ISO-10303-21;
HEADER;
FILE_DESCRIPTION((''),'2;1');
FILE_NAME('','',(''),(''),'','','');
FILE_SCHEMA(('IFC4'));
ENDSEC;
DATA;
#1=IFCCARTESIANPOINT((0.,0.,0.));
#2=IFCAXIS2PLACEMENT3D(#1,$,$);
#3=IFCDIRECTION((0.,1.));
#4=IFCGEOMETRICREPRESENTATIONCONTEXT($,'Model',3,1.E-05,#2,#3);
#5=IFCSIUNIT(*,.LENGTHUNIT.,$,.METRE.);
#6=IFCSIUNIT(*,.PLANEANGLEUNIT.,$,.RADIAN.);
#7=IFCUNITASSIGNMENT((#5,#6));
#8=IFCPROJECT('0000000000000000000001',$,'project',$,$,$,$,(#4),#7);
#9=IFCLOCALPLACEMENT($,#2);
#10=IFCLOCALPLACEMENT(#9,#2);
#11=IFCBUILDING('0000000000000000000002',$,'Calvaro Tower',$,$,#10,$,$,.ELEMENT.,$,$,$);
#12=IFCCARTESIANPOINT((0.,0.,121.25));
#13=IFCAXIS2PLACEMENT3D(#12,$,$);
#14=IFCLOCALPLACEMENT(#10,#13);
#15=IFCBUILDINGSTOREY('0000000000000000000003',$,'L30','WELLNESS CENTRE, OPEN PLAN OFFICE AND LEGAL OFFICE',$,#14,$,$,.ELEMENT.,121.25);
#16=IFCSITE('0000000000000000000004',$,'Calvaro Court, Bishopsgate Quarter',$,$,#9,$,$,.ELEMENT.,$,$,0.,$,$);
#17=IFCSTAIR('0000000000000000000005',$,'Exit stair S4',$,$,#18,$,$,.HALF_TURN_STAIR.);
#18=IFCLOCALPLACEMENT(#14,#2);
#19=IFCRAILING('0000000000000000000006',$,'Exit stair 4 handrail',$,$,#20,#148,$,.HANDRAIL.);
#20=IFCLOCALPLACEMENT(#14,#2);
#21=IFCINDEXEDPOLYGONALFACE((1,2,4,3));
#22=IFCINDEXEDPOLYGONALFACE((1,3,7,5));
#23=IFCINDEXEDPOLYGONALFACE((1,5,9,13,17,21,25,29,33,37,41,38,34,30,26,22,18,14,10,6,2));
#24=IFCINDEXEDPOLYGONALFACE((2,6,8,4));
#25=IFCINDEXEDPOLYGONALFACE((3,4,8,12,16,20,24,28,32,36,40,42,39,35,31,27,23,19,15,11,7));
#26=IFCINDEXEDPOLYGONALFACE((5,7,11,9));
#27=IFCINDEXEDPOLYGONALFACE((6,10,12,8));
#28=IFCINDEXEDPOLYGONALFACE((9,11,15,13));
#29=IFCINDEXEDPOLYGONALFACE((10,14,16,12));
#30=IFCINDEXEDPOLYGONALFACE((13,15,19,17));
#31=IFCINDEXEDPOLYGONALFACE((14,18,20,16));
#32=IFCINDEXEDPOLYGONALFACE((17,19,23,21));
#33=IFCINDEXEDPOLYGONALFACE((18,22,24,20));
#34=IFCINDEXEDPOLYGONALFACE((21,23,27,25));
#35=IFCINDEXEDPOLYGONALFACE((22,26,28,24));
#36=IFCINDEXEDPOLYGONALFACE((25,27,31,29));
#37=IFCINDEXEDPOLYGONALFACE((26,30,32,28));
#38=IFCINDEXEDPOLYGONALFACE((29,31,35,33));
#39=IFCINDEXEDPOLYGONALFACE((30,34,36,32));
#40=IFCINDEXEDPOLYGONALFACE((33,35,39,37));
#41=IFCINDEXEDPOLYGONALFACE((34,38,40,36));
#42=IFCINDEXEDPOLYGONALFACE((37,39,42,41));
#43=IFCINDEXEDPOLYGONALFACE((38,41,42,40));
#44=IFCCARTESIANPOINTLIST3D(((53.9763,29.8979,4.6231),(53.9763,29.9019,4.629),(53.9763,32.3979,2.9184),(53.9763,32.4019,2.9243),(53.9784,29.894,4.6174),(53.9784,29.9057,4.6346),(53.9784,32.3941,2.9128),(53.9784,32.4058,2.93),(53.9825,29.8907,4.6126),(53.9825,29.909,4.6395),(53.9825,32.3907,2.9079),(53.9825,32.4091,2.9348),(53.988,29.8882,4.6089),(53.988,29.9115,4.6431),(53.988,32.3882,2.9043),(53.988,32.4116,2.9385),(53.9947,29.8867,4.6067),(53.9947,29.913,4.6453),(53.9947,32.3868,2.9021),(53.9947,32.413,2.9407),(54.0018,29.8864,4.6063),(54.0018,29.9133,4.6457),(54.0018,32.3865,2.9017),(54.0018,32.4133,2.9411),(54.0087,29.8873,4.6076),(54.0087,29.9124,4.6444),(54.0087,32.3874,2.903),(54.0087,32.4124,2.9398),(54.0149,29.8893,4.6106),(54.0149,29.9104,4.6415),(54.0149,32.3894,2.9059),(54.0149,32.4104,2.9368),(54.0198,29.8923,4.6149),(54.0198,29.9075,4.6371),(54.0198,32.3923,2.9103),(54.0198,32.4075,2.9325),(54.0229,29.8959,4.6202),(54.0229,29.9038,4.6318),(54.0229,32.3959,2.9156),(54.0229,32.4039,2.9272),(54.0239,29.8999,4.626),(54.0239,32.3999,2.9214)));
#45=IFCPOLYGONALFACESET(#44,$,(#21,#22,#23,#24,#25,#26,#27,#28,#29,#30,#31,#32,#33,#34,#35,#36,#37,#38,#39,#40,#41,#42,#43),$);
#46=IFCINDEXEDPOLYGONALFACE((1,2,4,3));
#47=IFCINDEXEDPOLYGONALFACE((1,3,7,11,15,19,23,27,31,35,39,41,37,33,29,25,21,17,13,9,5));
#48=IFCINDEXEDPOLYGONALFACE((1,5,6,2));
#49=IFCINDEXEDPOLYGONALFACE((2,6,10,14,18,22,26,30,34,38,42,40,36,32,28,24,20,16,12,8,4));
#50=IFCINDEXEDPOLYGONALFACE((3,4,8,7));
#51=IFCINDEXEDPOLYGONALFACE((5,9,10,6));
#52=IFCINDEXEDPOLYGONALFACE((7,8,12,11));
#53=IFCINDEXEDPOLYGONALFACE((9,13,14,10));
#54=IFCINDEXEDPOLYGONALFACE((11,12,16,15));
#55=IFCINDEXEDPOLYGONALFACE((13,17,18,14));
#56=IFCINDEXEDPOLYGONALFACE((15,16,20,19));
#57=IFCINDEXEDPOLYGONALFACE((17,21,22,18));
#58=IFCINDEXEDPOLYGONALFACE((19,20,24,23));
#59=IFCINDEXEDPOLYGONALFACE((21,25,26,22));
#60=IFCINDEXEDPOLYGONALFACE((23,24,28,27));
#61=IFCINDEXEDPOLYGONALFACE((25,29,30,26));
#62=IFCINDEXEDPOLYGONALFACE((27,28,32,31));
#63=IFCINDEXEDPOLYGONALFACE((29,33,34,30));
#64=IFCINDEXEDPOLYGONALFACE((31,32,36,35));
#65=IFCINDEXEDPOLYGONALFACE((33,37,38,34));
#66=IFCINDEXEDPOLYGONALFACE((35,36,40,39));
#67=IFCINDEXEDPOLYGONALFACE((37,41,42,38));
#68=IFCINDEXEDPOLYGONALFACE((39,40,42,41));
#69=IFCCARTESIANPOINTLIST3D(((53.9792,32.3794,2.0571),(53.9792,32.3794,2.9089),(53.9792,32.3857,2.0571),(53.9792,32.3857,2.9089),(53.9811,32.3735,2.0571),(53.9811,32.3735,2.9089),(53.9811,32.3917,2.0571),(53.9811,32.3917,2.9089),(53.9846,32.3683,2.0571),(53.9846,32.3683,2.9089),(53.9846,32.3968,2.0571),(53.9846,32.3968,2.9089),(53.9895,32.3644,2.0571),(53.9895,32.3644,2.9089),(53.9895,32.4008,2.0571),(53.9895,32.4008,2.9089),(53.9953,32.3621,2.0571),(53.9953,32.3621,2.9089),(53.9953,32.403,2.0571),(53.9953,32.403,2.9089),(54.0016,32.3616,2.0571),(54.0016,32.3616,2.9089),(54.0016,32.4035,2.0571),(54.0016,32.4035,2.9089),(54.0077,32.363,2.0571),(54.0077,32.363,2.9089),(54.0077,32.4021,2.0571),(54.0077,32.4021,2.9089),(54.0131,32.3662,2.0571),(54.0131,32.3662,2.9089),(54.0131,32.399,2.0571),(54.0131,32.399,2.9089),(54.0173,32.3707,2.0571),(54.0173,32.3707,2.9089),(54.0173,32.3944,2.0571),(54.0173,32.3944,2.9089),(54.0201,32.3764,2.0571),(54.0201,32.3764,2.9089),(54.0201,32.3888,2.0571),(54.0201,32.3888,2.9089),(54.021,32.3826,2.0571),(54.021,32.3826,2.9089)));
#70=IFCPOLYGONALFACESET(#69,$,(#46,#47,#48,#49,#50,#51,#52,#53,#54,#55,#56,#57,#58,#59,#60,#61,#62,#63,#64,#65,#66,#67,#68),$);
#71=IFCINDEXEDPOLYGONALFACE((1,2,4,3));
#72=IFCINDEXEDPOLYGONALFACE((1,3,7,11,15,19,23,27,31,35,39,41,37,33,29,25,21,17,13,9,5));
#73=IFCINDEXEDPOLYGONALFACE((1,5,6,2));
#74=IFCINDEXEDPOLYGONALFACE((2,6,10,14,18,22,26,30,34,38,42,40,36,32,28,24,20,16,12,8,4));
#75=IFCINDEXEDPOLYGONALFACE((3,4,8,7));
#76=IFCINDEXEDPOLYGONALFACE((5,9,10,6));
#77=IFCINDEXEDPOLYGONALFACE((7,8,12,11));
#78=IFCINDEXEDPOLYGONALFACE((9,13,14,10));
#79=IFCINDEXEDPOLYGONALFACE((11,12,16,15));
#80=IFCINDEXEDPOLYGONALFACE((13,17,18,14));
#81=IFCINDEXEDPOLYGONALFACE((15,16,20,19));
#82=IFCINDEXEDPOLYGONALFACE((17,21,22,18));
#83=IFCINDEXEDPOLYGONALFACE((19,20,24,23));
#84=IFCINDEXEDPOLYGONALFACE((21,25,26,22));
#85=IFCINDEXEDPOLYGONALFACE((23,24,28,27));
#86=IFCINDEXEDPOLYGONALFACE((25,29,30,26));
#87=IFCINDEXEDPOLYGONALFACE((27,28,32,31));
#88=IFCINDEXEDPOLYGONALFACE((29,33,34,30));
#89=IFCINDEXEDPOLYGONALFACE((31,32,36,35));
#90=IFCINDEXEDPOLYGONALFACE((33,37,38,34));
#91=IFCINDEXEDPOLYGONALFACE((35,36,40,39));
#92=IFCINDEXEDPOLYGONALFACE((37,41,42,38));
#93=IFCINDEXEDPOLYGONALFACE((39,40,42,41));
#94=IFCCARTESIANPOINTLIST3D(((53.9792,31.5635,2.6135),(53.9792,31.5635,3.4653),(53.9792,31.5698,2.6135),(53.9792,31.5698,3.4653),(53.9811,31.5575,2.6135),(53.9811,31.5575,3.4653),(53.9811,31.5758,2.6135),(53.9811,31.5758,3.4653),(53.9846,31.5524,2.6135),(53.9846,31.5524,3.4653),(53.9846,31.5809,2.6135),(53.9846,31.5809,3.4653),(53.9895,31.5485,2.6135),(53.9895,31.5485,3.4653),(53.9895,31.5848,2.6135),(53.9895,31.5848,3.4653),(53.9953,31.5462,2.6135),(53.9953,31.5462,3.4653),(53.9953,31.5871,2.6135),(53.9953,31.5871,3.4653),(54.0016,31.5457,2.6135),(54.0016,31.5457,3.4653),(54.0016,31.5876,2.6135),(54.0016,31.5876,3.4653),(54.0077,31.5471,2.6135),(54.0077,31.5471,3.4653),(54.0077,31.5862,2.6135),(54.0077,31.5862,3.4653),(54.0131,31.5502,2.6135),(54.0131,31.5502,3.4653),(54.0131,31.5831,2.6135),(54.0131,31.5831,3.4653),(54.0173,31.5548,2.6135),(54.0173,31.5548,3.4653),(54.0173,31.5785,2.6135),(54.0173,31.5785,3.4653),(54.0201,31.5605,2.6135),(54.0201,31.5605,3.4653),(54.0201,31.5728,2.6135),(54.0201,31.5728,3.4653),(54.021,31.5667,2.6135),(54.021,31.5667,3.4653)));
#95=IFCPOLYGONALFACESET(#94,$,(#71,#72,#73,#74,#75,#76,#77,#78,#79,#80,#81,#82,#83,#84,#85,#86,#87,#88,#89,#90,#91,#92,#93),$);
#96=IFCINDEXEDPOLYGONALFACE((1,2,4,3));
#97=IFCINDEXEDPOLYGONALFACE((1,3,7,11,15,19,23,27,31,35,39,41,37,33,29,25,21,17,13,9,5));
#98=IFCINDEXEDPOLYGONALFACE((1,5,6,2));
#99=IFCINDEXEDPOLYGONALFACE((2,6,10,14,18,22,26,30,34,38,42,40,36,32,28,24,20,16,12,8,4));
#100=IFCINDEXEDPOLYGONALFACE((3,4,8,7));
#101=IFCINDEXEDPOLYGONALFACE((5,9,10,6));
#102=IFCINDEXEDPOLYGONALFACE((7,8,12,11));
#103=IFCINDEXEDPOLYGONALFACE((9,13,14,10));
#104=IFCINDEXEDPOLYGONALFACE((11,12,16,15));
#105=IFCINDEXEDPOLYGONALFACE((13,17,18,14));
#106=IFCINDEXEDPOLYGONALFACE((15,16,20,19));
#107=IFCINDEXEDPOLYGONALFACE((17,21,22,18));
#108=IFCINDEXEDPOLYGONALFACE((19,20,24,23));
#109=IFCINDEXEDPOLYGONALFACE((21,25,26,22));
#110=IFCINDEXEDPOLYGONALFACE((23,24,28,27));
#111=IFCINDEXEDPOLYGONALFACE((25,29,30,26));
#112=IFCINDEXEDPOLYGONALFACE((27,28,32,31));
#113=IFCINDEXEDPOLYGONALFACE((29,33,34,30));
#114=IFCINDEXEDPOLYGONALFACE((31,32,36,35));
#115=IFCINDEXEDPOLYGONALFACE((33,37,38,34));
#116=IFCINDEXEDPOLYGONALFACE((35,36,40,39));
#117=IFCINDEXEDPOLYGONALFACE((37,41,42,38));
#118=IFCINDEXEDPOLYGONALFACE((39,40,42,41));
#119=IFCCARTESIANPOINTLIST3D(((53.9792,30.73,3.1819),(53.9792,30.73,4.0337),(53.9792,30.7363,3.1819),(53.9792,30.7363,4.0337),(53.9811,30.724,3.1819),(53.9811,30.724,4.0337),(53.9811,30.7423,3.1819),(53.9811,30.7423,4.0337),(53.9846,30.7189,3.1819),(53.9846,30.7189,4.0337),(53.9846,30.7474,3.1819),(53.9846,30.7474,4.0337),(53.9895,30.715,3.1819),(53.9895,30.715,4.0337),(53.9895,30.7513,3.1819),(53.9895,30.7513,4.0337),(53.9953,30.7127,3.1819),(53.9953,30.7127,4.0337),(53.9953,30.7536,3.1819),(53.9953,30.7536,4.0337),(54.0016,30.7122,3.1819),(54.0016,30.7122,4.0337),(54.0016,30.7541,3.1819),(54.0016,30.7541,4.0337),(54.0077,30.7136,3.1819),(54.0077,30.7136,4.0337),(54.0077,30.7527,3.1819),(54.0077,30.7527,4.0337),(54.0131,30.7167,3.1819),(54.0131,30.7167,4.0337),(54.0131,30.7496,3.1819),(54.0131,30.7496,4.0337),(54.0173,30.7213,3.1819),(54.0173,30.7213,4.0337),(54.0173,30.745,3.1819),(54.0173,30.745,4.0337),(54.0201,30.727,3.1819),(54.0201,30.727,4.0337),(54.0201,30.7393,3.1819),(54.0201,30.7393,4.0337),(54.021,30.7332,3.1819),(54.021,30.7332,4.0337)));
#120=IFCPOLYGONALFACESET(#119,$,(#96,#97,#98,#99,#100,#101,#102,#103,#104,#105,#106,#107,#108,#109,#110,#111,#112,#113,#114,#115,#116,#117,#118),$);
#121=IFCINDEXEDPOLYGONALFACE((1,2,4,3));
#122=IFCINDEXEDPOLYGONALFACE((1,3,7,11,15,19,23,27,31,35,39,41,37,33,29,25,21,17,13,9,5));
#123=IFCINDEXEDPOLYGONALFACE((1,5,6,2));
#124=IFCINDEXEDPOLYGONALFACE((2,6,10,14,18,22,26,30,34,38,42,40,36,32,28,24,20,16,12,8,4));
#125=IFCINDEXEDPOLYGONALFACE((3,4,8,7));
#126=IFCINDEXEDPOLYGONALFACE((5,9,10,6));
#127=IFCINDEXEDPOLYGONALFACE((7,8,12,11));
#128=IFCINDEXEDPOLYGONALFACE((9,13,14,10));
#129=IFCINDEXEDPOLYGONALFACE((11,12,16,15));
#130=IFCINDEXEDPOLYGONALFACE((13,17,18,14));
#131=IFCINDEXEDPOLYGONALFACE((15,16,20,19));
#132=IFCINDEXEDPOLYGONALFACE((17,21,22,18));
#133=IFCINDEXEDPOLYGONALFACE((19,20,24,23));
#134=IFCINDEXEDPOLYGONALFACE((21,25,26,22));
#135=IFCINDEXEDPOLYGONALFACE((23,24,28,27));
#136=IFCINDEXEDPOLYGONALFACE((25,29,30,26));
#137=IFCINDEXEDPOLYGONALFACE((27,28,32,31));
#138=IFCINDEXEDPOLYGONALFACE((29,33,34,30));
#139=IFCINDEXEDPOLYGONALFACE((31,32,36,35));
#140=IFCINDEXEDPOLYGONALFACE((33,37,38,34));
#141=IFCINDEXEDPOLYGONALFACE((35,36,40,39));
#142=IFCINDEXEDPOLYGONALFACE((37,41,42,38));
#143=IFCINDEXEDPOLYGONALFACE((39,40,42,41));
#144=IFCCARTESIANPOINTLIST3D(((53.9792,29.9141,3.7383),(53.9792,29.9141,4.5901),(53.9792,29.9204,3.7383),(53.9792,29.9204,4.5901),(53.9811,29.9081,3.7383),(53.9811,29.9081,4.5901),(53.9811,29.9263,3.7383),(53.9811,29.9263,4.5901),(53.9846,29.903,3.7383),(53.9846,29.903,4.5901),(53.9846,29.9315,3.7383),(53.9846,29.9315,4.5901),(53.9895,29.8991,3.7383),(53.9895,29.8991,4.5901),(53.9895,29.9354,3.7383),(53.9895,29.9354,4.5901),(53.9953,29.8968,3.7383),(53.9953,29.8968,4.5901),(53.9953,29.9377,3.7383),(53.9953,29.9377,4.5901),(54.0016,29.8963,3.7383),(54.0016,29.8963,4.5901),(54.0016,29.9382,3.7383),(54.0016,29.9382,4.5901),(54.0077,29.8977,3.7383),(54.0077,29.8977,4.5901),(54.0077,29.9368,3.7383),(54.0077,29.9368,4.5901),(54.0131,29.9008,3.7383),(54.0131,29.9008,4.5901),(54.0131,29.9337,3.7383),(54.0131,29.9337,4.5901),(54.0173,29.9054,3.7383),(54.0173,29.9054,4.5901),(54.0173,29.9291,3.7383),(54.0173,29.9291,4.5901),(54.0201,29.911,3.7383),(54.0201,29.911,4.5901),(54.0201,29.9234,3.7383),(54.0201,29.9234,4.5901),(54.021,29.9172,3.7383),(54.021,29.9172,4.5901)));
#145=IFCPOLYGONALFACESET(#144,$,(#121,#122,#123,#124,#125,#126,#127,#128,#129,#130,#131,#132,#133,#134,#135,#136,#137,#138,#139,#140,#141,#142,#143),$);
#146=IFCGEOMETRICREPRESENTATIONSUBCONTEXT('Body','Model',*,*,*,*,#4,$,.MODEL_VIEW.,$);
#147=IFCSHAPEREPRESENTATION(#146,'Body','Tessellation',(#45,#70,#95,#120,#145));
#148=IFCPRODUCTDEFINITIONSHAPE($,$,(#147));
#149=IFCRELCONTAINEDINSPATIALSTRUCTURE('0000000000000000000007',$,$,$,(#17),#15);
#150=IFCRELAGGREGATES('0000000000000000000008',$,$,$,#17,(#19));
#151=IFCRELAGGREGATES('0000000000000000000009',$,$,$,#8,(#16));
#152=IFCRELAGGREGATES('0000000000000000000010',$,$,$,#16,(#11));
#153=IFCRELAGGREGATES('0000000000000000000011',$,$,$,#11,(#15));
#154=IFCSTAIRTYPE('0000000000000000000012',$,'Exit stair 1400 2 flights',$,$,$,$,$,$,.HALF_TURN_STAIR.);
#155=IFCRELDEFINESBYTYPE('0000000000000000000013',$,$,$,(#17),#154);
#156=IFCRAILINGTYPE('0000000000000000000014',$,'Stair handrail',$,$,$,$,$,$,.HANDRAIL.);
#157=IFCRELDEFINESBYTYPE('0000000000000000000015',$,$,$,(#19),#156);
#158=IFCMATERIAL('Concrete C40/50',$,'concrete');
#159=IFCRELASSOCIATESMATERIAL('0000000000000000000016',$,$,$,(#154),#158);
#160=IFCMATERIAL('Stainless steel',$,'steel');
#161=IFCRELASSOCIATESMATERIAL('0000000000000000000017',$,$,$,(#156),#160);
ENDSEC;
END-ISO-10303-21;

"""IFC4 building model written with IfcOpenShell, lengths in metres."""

from ifc_helpers import new_model, si_unit, direction, frame, origin, origin_2d, place, context, subcontext, project, spatial, circle, extrude, material, type_object, element, aggregate, save


model = new_model("IFC4")

# Units and contexts
model_context = context("Model", 3, precision=1e-05, world=origin(), true_north=direction((0.0, 1.0)))
body_context = subcontext(model_context, "Body", "Model", "MODEL_VIEW")
ifc_project = project(units=[si_unit("LENGTHUNIT", "METRE"), si_unit("PLANEANGLEUNIT", "RADIAN")], contexts=[model_context])

# Site, building, storey
site_placement = place(None, origin())
site = spatial("IfcSite", under=ifc_project, at=site_placement, Name="Calvaro Court, Bishopsgate Quarter", CompositionType="ELEMENT", RefElevation=0.0)
building_placement = place(site_placement, origin())
building = spatial("IfcBuilding", under=site, at=building_placement, Name="Calvaro Tower", CompositionType="ELEMENT")
storey_placement = place(building_placement, frame((0.0, 0.0, 121.25)))
storey = spatial("IfcBuildingStorey", under=building, at=storey_placement, Name="L30", Description="WELLNESS CENTRE, OPEN PLAN OFFICE AND LEGAL OFFICE", CompositionType="ELEMENT", Elevation=121.25)

# Shared definitions
ifc_material_1 = material(Name="Concrete C40/50", Category="concrete")
stair_type = type_object("IfcStairType", Name="Exit stair 1400 2 flights", PredefinedType="HALF_TURN_STAIR", material=ifc_material_1)

# Stair, railing
stair_1_placement = place(storey_placement, origin())
stair_1 = element("IfcStair", 1, at=stair_1_placement, inside=storey, type_object=stair_type, Name="Exit stair S4", PredefinedType="HALF_TURN_STAIR")
ifc_material_2 = material(Name="Stainless steel", Category="steel")
railing_type = type_object("IfcRailingType", Name="Stair handrail", PredefinedType="HANDRAIL", material=ifc_material_2)
railing_1_placement = place(storey_placement, frame((54.0, 32.3999, 2.0454)))
railing_1 = element("IfcRailing", 2, at=railing_1_placement, type_object=railing_type, Name="Exit stair 4 handrail", PredefinedType="HANDRAIL", context=body_context, shape_type="SweptSolid", body=[
    extrude(circle(Radius=0.0239, at=origin_2d()), frame((0.0, 0.0, 0.876), z_axis=(0.0, -0.826221, 0.563347), x_axis=(1.0, 0.0, 0.0)), (0.0, 0.0, 1.0), 3.0259),
    extrude(circle(Radius=0.021, at=origin_2d()), frame((0.0, -0.0173, 0.0117)), (0.0, 0.0, 1.0), 0.8518),
    extrude(circle(Radius=0.021, at=origin_2d()), frame((0.0, -0.8333, 0.5681)), (0.0, 0.0, 1.0), 0.8518),
    extrude(circle(Radius=0.021, at=origin_2d()), frame((0.0, -1.6667, 1.1365)), (0.0, 0.0, 1.0), 0.8518),
    extrude(circle(Radius=0.021, at=origin_2d()), frame((0.0, -2.4827, 1.6929)), (0.0, 0.0, 1.0), 0.8518),
])
aggregate(stair_1, [railing_1])

save(model, "model.ifc")
